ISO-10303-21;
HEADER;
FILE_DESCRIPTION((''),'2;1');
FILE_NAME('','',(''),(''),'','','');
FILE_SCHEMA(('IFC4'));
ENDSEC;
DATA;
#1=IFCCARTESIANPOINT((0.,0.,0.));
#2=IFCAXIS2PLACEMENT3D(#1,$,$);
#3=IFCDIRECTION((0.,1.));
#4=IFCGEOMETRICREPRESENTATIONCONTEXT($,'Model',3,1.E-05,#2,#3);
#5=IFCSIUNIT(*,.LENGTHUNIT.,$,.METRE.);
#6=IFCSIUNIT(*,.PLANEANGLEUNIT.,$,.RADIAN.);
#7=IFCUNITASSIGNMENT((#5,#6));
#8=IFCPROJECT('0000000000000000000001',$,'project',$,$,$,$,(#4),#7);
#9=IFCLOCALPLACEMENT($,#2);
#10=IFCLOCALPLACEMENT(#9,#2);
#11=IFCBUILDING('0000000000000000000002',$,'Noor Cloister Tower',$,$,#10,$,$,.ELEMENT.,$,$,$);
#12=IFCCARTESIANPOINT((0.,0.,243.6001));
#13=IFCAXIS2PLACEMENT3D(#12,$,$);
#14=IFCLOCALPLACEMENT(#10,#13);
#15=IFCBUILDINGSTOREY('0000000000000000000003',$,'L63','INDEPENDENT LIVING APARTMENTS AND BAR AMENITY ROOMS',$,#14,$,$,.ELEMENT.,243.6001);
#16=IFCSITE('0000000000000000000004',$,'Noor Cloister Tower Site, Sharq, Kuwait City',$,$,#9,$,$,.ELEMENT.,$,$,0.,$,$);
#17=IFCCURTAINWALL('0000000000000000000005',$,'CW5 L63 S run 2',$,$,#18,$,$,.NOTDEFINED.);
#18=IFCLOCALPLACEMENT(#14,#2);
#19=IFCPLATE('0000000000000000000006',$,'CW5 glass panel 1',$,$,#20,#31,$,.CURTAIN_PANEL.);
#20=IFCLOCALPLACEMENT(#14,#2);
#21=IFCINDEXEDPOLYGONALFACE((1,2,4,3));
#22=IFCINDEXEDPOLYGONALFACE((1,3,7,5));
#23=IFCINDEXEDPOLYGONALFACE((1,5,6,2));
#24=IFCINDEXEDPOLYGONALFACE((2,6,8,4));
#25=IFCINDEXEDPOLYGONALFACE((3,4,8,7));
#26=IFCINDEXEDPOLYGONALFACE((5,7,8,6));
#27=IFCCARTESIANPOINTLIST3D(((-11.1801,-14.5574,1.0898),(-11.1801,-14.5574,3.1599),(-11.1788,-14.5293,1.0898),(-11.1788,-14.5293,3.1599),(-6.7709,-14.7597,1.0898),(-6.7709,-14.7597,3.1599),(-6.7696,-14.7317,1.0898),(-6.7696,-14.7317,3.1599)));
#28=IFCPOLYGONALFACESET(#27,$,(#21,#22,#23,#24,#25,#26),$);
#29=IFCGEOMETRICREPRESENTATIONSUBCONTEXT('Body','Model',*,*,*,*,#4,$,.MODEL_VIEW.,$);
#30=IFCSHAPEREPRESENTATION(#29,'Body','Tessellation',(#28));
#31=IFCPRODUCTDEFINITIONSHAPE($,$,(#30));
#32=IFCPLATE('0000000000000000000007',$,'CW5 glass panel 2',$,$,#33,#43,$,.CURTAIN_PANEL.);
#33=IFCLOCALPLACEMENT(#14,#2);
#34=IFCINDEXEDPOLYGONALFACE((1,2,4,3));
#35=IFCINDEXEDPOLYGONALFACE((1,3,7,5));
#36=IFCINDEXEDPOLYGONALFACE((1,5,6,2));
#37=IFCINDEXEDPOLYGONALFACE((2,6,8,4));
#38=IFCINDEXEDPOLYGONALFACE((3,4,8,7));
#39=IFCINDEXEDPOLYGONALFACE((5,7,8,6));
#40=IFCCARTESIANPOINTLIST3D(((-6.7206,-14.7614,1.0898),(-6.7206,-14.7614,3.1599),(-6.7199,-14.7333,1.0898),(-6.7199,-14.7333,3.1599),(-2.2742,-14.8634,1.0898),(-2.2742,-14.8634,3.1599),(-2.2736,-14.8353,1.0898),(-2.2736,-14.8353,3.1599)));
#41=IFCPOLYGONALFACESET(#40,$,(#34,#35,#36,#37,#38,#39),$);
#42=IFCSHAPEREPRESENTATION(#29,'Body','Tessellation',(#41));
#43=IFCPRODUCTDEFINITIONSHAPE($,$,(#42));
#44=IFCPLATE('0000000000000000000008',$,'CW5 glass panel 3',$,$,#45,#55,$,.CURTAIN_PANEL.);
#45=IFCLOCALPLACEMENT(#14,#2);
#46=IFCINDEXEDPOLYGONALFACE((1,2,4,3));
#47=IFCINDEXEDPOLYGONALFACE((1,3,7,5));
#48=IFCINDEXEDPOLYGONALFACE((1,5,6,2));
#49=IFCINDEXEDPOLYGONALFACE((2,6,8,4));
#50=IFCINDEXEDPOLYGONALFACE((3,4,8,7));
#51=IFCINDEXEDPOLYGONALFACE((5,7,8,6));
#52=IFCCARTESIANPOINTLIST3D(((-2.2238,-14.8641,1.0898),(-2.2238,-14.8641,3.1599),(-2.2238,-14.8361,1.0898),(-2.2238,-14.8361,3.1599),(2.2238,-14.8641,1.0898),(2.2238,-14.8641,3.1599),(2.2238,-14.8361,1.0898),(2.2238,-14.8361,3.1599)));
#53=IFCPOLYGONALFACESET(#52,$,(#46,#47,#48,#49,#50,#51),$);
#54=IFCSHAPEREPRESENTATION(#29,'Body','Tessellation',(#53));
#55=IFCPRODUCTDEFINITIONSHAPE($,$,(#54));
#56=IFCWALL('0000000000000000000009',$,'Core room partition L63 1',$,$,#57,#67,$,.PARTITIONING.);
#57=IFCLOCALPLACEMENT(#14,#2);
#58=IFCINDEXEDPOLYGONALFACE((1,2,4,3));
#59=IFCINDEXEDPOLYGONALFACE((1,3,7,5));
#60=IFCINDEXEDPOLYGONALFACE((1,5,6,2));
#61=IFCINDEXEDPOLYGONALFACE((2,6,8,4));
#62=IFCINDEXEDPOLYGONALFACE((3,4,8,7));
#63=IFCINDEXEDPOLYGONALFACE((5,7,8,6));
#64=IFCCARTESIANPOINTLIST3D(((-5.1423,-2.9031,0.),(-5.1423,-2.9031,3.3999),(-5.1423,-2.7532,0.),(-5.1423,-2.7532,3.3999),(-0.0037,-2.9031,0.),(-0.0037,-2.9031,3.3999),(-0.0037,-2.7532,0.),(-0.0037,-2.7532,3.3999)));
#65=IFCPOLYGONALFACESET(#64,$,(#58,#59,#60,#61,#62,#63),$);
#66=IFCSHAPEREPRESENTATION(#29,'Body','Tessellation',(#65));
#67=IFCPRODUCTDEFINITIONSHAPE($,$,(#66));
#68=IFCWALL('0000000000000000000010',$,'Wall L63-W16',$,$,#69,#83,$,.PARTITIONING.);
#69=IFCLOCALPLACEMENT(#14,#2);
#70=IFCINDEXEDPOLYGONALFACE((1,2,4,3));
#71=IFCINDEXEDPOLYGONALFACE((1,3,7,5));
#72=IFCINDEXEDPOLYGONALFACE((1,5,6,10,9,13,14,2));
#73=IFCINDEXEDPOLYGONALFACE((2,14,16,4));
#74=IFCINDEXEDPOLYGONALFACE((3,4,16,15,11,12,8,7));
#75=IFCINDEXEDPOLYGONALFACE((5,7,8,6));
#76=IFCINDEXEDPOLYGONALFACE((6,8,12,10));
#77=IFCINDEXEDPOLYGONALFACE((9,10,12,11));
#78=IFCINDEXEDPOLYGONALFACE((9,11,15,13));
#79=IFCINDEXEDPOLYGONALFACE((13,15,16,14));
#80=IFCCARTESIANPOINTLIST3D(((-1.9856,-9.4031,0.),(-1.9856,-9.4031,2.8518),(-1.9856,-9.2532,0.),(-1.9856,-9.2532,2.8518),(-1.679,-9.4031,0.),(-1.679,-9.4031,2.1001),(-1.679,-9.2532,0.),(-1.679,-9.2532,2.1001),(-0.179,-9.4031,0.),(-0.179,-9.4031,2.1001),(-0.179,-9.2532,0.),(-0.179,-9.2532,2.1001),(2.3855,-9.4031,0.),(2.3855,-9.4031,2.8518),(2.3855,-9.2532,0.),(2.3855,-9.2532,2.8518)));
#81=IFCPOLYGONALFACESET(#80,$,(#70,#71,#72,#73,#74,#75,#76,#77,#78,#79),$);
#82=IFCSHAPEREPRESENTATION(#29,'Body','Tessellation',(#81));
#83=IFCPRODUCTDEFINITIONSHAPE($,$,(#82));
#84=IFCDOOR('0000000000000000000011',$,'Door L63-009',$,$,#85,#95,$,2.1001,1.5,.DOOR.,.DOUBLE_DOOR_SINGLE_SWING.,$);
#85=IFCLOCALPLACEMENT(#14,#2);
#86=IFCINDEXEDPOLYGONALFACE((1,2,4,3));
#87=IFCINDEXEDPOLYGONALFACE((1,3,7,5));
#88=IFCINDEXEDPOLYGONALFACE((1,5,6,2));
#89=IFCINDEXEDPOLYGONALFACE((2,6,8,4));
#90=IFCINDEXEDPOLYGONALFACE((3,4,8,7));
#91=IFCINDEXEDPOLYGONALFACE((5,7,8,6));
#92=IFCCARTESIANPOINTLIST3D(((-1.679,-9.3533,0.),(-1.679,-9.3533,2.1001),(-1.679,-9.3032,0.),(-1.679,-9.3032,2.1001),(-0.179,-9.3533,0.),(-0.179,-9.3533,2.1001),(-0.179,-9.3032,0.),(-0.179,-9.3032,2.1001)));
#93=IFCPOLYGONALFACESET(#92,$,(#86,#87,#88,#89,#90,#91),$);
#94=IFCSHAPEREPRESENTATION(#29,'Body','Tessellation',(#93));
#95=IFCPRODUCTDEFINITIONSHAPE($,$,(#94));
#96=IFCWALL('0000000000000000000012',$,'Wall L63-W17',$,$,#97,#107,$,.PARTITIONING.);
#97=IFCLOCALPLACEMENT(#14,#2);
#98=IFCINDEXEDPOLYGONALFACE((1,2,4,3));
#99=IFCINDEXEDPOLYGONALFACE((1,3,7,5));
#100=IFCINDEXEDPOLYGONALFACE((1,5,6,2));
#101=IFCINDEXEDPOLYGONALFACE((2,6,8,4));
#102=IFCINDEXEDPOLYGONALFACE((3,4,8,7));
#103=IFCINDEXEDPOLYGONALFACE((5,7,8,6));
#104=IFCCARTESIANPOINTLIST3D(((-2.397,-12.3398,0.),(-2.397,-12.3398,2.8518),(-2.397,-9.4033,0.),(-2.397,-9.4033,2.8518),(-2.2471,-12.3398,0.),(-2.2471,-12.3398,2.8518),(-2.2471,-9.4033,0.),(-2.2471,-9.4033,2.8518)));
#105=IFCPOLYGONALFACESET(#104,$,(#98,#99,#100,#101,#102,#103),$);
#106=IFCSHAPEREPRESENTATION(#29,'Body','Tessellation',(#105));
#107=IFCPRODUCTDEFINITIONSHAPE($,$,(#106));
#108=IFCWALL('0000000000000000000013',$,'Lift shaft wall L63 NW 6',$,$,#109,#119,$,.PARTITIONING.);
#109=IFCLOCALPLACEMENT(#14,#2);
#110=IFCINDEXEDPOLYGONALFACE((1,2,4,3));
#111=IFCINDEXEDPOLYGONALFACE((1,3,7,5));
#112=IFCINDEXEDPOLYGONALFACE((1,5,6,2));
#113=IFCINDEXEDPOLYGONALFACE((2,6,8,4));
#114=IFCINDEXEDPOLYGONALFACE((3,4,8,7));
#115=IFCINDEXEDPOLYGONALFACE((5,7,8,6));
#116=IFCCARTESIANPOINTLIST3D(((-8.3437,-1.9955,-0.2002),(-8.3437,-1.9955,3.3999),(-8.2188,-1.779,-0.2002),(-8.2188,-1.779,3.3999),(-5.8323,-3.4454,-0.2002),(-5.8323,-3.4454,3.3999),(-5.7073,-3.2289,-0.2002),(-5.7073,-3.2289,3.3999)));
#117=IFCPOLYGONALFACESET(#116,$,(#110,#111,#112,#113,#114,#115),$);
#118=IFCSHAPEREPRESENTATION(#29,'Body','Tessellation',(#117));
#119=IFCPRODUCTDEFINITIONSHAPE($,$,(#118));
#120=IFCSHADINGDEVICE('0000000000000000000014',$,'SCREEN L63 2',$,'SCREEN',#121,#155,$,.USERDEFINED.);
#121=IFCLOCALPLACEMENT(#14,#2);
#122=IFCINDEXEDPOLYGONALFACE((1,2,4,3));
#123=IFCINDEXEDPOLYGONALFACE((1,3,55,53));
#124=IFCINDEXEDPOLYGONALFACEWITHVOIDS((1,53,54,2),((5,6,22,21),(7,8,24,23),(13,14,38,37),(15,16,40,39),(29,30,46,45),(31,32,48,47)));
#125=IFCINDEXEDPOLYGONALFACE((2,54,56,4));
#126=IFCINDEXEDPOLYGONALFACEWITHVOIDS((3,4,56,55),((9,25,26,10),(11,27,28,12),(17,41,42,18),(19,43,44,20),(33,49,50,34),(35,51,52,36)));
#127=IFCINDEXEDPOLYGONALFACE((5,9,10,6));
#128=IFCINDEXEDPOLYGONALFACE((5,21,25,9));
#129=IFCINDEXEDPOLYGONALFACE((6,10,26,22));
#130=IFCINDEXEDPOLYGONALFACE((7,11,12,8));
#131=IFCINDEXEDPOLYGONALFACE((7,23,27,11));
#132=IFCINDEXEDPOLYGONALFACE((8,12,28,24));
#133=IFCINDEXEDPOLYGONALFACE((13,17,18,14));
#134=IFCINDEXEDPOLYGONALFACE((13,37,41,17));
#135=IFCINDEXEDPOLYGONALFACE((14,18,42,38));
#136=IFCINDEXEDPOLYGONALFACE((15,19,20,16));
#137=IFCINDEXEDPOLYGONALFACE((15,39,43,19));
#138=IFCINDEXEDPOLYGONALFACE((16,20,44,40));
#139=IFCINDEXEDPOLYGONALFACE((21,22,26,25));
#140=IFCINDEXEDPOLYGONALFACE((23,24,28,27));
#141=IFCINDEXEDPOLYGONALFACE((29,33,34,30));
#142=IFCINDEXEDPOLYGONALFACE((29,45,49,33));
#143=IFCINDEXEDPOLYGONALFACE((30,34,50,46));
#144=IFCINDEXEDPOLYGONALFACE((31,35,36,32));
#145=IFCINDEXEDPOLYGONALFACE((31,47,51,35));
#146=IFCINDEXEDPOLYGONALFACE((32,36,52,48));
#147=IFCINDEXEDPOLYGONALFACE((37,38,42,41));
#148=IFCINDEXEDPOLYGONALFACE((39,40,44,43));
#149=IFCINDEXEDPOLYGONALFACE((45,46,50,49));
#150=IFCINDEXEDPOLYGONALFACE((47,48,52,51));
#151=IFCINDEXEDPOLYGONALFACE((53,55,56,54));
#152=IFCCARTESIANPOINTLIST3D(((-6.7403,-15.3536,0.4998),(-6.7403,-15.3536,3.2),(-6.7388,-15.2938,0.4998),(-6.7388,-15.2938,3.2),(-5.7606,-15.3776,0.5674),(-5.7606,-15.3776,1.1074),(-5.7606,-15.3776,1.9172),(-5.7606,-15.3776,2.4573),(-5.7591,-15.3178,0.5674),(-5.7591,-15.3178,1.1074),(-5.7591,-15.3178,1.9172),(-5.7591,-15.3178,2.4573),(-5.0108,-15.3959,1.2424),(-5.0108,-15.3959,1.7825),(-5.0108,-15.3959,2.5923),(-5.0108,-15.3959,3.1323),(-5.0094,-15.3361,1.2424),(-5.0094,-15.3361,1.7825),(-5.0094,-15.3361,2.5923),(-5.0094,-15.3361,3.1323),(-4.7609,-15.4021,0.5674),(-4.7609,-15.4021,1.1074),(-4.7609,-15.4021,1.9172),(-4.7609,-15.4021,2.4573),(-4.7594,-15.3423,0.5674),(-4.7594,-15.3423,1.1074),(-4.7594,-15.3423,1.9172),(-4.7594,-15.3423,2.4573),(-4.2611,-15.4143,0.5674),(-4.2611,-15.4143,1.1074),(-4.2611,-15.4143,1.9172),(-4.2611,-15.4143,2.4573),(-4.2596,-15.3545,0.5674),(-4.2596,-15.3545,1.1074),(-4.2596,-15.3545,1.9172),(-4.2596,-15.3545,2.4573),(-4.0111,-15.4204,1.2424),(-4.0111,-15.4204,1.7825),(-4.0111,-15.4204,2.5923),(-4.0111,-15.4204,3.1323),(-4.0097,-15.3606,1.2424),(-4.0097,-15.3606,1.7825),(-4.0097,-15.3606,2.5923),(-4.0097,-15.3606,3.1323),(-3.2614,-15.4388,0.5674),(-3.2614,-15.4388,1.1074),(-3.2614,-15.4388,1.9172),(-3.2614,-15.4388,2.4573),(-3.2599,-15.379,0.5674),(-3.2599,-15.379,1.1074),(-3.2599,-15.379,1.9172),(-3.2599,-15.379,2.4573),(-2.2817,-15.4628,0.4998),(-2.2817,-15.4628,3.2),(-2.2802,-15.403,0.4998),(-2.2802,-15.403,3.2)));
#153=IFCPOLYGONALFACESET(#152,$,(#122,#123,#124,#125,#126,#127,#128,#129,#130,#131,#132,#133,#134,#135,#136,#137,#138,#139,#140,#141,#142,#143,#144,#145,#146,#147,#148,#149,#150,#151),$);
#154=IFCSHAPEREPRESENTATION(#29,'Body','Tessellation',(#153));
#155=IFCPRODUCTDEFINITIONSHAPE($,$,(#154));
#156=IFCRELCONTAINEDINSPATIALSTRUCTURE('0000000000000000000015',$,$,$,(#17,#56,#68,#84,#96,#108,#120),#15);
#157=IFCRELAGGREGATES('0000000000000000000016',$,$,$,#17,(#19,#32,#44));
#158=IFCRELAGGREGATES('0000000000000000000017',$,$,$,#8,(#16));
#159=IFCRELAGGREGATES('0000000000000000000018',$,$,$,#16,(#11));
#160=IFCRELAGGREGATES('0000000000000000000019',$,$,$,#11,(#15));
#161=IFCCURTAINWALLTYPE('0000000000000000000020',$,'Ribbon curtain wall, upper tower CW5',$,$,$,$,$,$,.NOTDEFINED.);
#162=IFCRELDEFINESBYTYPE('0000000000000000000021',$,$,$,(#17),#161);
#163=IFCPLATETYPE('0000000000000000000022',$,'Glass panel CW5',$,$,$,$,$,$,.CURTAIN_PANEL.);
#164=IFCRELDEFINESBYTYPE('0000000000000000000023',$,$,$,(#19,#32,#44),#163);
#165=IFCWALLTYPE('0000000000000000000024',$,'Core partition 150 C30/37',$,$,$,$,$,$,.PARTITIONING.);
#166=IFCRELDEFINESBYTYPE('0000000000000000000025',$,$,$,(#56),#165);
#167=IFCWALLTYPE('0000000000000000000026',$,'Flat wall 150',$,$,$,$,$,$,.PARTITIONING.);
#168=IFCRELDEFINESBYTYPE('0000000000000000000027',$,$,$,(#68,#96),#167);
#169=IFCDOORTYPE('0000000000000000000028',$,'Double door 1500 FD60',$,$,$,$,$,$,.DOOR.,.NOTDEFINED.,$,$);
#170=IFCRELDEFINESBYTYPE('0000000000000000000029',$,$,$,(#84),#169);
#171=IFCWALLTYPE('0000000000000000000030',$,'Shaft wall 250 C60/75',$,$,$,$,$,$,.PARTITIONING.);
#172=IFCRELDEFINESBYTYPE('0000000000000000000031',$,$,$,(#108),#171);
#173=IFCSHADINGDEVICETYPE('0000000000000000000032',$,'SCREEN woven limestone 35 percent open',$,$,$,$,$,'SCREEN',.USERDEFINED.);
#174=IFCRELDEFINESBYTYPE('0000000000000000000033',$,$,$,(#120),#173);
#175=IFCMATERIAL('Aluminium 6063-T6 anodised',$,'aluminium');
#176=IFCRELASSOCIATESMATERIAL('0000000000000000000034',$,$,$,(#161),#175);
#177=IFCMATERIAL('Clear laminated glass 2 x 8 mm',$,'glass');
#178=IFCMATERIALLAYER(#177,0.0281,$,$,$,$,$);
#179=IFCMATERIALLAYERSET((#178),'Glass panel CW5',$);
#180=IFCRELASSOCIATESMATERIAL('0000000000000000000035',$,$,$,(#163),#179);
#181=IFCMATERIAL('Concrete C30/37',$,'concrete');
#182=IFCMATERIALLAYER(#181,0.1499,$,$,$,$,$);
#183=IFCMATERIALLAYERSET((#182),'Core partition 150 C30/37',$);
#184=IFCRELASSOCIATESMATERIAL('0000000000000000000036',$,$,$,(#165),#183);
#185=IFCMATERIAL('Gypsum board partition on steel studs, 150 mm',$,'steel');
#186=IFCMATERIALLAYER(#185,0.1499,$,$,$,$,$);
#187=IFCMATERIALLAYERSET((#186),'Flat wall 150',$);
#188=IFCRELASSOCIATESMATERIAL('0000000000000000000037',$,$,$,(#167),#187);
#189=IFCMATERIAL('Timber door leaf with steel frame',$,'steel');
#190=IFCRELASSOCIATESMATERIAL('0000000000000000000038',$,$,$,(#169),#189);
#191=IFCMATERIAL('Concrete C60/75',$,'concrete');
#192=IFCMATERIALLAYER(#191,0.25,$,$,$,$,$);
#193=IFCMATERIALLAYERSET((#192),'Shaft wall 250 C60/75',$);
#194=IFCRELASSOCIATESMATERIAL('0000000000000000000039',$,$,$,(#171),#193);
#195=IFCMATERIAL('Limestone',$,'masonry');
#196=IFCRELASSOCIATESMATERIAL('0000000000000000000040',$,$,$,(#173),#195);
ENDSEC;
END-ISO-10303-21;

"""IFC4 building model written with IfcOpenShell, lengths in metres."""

from ifc_helpers import new_model, si_unit, direction, frame, frame_2d, origin, origin_2d, place, context, subcontext, project, spatial, polyline, rectangle, outline, extrude, material, layer, layer_set, material_profile, profile_set, type_object, element, fill, aggregate, save


model = new_model("IFC4")

# Units and contexts
model_context = context("Model", 3, precision=1e-05, world=origin(), true_north=direction((0.0, 1.0)))
body_context = subcontext(model_context, "Body", "Model", "MODEL_VIEW")
ifc_project = project(units=[si_unit("LENGTHUNIT", "METRE"), si_unit("PLANEANGLEUNIT", "RADIAN")], contexts=[model_context])

# Site, building, storey
site_placement = place(None, origin())
site = spatial("IfcSite", under=ifc_project, at=site_placement, Name="Noor Cloister Tower Site, Sharq, Kuwait City", CompositionType="ELEMENT", RefElevation=0.0)
building_placement = place(site_placement, origin())
building = spatial("IfcBuilding", under=site, at=building_placement, Name="Noor Cloister Tower", CompositionType="ELEMENT")
storey_placement = place(building_placement, frame((0.0, 0.0, 243.6001)))
storey = spatial("IfcBuildingStorey", under=building, at=storey_placement, Name="L63", Description="INDEPENDENT LIVING APARTMENTS AND BAR AMENITY ROOMS", CompositionType="ELEMENT", Elevation=243.6001)

# Curtain wall
ifc_material_1 = material(Name="Aluminium 6063-T6 anodised", Category="aluminium")
curtain_wall_type = type_object("IfcCurtainWallType", Name="Ribbon curtain wall, upper tower CW5", PredefinedType="NOTDEFINED", material=ifc_material_1)
curtain_wall_1_placement = place(storey_placement, origin())
curtain_wall_1 = element("IfcCurtainWall", 1, at=curtain_wall_1_placement, inside=storey, type_object=curtain_wall_type, Name="CW5 L63 S run 2", PredefinedType="NOTDEFINED")

# Plates
ifc_material_2 = material(Name="Clear laminated glass 2 x 8 mm", Category="glass")
ifc_layer_1 = layer(ifc_material_2, 0.0281)
ifc_layer_set_1 = layer_set([ifc_layer_1], Name="Glass panel CW5")
plate_type = type_object("IfcPlateType", Name="Glass panel CW5", PredefinedType="CURTAIN_PANEL", material=ifc_layer_set_1)
plate_1_placement = place(storey_placement, frame((-8.9749, -14.6445, 1.0898), z_axis=(0.0, 0.0, 1.0), x_axis=(0.998949, -0.045838, 0.0)))
plate_1 = element("IfcPlate", 2, at=plate_1_placement, type_object=plate_type, Name="CW5 glass panel 1", PredefinedType="CURTAIN_PANEL", context=body_context, shape_type="SweptSolid", body=[
    extrude(rectangle(XDim=4.4138, YDim=0.0281, at=origin_2d()), origin(), (0.0, 0.0, 1.0), 2.0701),
])
plate_2_placement = place(storey_placement, frame((-4.4971, -14.7983, 1.0898), z_axis=(0.0, 0.0, 1.0), x_axis=(0.999737, -0.022925, 0.0)))
plate_2 = element("IfcPlate", 3, at=plate_2_placement, type_object=plate_type, Name="CW5 glass panel 2", PredefinedType="CURTAIN_PANEL", context=body_context, shape_type="SweptSolid", body=[
    extrude(rectangle(XDim=4.4475, YDim=0.0281, at=origin_2d()), origin(), (0.0, 0.0, 1.0), 2.0701),
])
plate_3_placement = place(storey_placement, frame((0.0, -14.8501, 1.0898), z_axis=(0.0, 0.0, 1.0), x_axis=(1.0, 0.0, 0.0)))
plate_3 = element("IfcPlate", 4, at=plate_3_placement, type_object=plate_type, Name="CW5 glass panel 3", PredefinedType="CURTAIN_PANEL", context=body_context, shape_type="SweptSolid", body=[
    extrude(rectangle(XDim=4.4475, YDim=0.0281, at=origin_2d()), origin(), (0.0, 0.0, 1.0), 2.0701),
])
aggregate(curtain_wall_1, [plate_1, plate_2, plate_3])

# Wall
ifc_material_3 = material(Name="Concrete C30/37", Category="concrete")
ifc_layer_2 = layer(ifc_material_3, 0.1499)
ifc_layer_set_2 = layer_set([ifc_layer_2], Name="Core partition 150 C30/37")
wall_type_1 = type_object("IfcWallType", Name="Core partition 150 C30/37", PredefinedType="PARTITIONING", material=ifc_layer_set_2)
wall_1_placement = place(storey_placement, frame((-5.1423, -2.8281, 0.0), z_axis=(0.0, 0.0, 1.0), x_axis=(1.0, 0.0, 0.0)))
element("IfcWall", 5, at=wall_1_placement, inside=storey, type_object=wall_type_1, Name="Core room partition L63 1", PredefinedType="PARTITIONING", context=body_context, shape_type="SweptSolid", body=[
    extrude(rectangle(XDim=5.1387, YDim=0.1499, at=frame_2d((2.5693, 0.0))), origin(), (0.0, 0.0, 1.0), 3.3999),
])

# Wall, opening, door
ifc_material_4 = material(Name="Gypsum board partition on steel studs, 150 mm", Category="steel")
ifc_layer_3 = layer(ifc_material_4, 0.1499)
ifc_layer_set_3 = layer_set([ifc_layer_3], Name="Flat wall 150")
wall_type_2 = type_object("IfcWallType", Name="Flat wall 150", PredefinedType="PARTITIONING", material=ifc_layer_set_3)
wall_2_placement = place(storey_placement, frame((-1.9856, -9.3281, 0.0), z_axis=(0.0, 0.0, 1.0), x_axis=(1.0, 0.0, 0.0)))
wall_2 = element("IfcWall", 6, at=wall_2_placement, inside=storey, type_object=wall_type_2, Name="Wall L63-W16", PredefinedType="PARTITIONING", context=body_context, shape_type="SweptSolid", body=[
    extrude(rectangle(XDim=4.3711, YDim=0.1499, at=frame_2d((2.1855, 0.0))), origin(), (0.0, 0.0, 1.0), 2.8518),
])
opening_placement = place(wall_2_placement, frame((0.3066, 0.0, 0.0)))
opening = element("IfcOpeningElement", 7, at=opening_placement, cuts=wall_2, PredefinedType="OPENING", context=body_context, shape_type="SweptSolid", body=[
    extrude(rectangle(XDim=1.5, YDim=2.1001, at=frame_2d((0.75, 1.05))), frame((0.0, 0.085, 0.0), z_axis=(0.0, -1.0, 0.0), x_axis=(1.0, 0.0, 0.0)), (0.0, 0.0, 1.0), 0.1699),
])
ifc_material_5 = material(Name="Timber door leaf with steel frame", Category="steel")
door_type = type_object("IfcDoorType", Name="Double door 1500 FD60", OperationType="NOTDEFINED", PredefinedType="DOOR", material=ifc_material_5)
door_placement = place(opening_placement, origin())
door = element("IfcDoor", 8, at=door_placement, inside=storey, type_object=door_type, Name="Door L63-009", OperationType="DOUBLE_DOOR_SINGLE_SWING", OverallHeight=2.1001, OverallWidth=1.5, PredefinedType="DOOR", context=body_context, shape_type="SweptSolid", body=[
    extrude(rectangle(XDim=1.5, YDim=2.1001, at=frame_2d((0.75, 1.05))), frame((0.0, 0.0249, 0.0), z_axis=(0.0, -1.0, 0.0), x_axis=(1.0, 0.0, 0.0)), (0.0, 0.0, 1.0), 0.05),
])
fill(opening, door)

# Walls
wall_3_placement = place(storey_placement, frame((-2.322, -9.4033, 0.0), z_axis=(0.0, 0.0, 1.0), x_axis=(0.0, -1.0, 0.0)))
element("IfcWall", 9, at=wall_3_placement, inside=storey, type_object=wall_type_2, Name="Wall L63-W17", PredefinedType="PARTITIONING", context=body_context, shape_type="SweptSolid", body=[
    extrude(rectangle(XDim=2.9365, YDim=0.1499, at=frame_2d((1.4683, 0.0))), origin(), (0.0, 0.0, 1.0), 2.8518),
])
ifc_material_6 = material(Name="Concrete C60/75", Category="concrete")
ifc_layer_4 = layer(ifc_material_6, 0.25)
ifc_layer_set_4 = layer_set([ifc_layer_4], Name="Shaft wall 250 C60/75")
wall_type_3 = type_object("IfcWallType", Name="Shaft wall 250 C60/75", PredefinedType="PARTITIONING", material=ifc_layer_set_4)
wall_4_placement = place(storey_placement, frame((-8.2812, -1.8872, -0.2002), z_axis=(0.0, 0.0, 1.0), x_axis=(0.866033, -0.499987, 0.0)))
element("IfcWall", 10, at=wall_4_placement, inside=storey, type_object=wall_type_3, Name="Lift shaft wall L63 NW 6", PredefinedType="PARTITIONING", context=body_context, shape_type="SweptSolid", body=[
    extrude(rectangle(XDim=2.8999, YDim=0.25, at=frame_2d((1.45, 0.0))), origin(), (0.0, 0.0, 1.0), 3.6001),
])

# Shading device
ifc_material_7 = material(Name="Limestone", Category="masonry")
ifc_material_profile_1 = material_profile(ifc_material_7, outline(polyline([(-2.23, -1.3501), (2.23, -1.3501), (2.23, 1.3501), (-2.23, 1.3501), (-2.23, -1.3501)]), holes=[polyline([(-1.25, -1.2825), (-0.25, -1.2825), (-0.25, -0.7424), (-1.25, -0.7424), (-1.25, -1.2825)]), polyline([(0.25, -1.2825), (1.25, -1.2825), (1.25, -0.7424), (0.25, -0.7424), (0.25, -1.2825)]), polyline([(-0.5, -0.6074), (0.5, -0.6074), (0.5, -0.0674), (-0.5, -0.0674), (-0.5, -0.6074)]), polyline([(-1.25, 0.0674), (-0.25, 0.0674), (-0.25, 0.6074), (-1.25, 0.6074), (-1.25, 0.0674)]), polyline([(0.25, 0.0674), (1.25, 0.0674), (1.25, 0.6074), (0.25, 0.6074), (0.25, 0.0674)]), polyline([(-0.5, 0.7424), (0.5, 0.7424), (0.5, 1.2825), (-0.5, 1.2825), (-0.5, 0.7424)])]), Name="Woven screen 35 percent open")
ifc_profile_set_1 = profile_set([ifc_material_profile_1], Name="Limestone")
shading_device_type = type_object("IfcShadingDeviceType", Name="SCREEN woven limestone 35 percent open", ElementType="SCREEN", PredefinedType="USERDEFINED", material=ifc_profile_set_1)
shading_device_1_placement = place(storey_placement, frame((-4.5095, -15.3484, 1.8499), z_axis=(-0.024482, -0.9997, 0.0), x_axis=(0.9997, -0.024482, 0.0)))
element("IfcShadingDevice", 11, at=shading_device_1_placement, inside=storey, type_object=shading_device_type, Name="SCREEN L63 2", ObjectType="SCREEN", PredefinedType="USERDEFINED", context=body_context, shape_type="SweptSolid", body=[
    extrude(outline(polyline([(-2.23, -1.3501), (2.23, -1.3501), (2.23, 1.3501), (-2.23, 1.3501), (-2.23, -1.3501)]), holes=[polyline([(-1.25, -1.2825), (-0.25, -1.2825), (-0.25, -0.7424), (-1.25, -0.7424), (-1.25, -1.2825)]), polyline([(0.25, -1.2825), (1.25, -1.2825), (1.25, -0.7424), (0.25, -0.7424), (0.25, -1.2825)]), polyline([(-0.5, -0.6074), (0.5, -0.6074), (0.5, -0.0674), (-0.5, -0.0674), (-0.5, -0.6074)]), polyline([(-1.25, 0.0674), (-0.25, 0.0674), (-0.25, 0.6074), (-1.25, 0.6074), (-1.25, 0.0674)]), polyline([(0.25, 0.0674), (1.25, 0.0674), (1.25, 0.6074), (0.25, 0.6074), (0.25, 0.0674)]), polyline([(-0.5, 0.7424), (0.5, 0.7424), (0.5, 1.2825), (-0.5, 1.2825), (-0.5, 0.7424)])]), origin(), (0.0, 0.0, 1.0), 0.0598),
])

save(model, "model.ifc")
